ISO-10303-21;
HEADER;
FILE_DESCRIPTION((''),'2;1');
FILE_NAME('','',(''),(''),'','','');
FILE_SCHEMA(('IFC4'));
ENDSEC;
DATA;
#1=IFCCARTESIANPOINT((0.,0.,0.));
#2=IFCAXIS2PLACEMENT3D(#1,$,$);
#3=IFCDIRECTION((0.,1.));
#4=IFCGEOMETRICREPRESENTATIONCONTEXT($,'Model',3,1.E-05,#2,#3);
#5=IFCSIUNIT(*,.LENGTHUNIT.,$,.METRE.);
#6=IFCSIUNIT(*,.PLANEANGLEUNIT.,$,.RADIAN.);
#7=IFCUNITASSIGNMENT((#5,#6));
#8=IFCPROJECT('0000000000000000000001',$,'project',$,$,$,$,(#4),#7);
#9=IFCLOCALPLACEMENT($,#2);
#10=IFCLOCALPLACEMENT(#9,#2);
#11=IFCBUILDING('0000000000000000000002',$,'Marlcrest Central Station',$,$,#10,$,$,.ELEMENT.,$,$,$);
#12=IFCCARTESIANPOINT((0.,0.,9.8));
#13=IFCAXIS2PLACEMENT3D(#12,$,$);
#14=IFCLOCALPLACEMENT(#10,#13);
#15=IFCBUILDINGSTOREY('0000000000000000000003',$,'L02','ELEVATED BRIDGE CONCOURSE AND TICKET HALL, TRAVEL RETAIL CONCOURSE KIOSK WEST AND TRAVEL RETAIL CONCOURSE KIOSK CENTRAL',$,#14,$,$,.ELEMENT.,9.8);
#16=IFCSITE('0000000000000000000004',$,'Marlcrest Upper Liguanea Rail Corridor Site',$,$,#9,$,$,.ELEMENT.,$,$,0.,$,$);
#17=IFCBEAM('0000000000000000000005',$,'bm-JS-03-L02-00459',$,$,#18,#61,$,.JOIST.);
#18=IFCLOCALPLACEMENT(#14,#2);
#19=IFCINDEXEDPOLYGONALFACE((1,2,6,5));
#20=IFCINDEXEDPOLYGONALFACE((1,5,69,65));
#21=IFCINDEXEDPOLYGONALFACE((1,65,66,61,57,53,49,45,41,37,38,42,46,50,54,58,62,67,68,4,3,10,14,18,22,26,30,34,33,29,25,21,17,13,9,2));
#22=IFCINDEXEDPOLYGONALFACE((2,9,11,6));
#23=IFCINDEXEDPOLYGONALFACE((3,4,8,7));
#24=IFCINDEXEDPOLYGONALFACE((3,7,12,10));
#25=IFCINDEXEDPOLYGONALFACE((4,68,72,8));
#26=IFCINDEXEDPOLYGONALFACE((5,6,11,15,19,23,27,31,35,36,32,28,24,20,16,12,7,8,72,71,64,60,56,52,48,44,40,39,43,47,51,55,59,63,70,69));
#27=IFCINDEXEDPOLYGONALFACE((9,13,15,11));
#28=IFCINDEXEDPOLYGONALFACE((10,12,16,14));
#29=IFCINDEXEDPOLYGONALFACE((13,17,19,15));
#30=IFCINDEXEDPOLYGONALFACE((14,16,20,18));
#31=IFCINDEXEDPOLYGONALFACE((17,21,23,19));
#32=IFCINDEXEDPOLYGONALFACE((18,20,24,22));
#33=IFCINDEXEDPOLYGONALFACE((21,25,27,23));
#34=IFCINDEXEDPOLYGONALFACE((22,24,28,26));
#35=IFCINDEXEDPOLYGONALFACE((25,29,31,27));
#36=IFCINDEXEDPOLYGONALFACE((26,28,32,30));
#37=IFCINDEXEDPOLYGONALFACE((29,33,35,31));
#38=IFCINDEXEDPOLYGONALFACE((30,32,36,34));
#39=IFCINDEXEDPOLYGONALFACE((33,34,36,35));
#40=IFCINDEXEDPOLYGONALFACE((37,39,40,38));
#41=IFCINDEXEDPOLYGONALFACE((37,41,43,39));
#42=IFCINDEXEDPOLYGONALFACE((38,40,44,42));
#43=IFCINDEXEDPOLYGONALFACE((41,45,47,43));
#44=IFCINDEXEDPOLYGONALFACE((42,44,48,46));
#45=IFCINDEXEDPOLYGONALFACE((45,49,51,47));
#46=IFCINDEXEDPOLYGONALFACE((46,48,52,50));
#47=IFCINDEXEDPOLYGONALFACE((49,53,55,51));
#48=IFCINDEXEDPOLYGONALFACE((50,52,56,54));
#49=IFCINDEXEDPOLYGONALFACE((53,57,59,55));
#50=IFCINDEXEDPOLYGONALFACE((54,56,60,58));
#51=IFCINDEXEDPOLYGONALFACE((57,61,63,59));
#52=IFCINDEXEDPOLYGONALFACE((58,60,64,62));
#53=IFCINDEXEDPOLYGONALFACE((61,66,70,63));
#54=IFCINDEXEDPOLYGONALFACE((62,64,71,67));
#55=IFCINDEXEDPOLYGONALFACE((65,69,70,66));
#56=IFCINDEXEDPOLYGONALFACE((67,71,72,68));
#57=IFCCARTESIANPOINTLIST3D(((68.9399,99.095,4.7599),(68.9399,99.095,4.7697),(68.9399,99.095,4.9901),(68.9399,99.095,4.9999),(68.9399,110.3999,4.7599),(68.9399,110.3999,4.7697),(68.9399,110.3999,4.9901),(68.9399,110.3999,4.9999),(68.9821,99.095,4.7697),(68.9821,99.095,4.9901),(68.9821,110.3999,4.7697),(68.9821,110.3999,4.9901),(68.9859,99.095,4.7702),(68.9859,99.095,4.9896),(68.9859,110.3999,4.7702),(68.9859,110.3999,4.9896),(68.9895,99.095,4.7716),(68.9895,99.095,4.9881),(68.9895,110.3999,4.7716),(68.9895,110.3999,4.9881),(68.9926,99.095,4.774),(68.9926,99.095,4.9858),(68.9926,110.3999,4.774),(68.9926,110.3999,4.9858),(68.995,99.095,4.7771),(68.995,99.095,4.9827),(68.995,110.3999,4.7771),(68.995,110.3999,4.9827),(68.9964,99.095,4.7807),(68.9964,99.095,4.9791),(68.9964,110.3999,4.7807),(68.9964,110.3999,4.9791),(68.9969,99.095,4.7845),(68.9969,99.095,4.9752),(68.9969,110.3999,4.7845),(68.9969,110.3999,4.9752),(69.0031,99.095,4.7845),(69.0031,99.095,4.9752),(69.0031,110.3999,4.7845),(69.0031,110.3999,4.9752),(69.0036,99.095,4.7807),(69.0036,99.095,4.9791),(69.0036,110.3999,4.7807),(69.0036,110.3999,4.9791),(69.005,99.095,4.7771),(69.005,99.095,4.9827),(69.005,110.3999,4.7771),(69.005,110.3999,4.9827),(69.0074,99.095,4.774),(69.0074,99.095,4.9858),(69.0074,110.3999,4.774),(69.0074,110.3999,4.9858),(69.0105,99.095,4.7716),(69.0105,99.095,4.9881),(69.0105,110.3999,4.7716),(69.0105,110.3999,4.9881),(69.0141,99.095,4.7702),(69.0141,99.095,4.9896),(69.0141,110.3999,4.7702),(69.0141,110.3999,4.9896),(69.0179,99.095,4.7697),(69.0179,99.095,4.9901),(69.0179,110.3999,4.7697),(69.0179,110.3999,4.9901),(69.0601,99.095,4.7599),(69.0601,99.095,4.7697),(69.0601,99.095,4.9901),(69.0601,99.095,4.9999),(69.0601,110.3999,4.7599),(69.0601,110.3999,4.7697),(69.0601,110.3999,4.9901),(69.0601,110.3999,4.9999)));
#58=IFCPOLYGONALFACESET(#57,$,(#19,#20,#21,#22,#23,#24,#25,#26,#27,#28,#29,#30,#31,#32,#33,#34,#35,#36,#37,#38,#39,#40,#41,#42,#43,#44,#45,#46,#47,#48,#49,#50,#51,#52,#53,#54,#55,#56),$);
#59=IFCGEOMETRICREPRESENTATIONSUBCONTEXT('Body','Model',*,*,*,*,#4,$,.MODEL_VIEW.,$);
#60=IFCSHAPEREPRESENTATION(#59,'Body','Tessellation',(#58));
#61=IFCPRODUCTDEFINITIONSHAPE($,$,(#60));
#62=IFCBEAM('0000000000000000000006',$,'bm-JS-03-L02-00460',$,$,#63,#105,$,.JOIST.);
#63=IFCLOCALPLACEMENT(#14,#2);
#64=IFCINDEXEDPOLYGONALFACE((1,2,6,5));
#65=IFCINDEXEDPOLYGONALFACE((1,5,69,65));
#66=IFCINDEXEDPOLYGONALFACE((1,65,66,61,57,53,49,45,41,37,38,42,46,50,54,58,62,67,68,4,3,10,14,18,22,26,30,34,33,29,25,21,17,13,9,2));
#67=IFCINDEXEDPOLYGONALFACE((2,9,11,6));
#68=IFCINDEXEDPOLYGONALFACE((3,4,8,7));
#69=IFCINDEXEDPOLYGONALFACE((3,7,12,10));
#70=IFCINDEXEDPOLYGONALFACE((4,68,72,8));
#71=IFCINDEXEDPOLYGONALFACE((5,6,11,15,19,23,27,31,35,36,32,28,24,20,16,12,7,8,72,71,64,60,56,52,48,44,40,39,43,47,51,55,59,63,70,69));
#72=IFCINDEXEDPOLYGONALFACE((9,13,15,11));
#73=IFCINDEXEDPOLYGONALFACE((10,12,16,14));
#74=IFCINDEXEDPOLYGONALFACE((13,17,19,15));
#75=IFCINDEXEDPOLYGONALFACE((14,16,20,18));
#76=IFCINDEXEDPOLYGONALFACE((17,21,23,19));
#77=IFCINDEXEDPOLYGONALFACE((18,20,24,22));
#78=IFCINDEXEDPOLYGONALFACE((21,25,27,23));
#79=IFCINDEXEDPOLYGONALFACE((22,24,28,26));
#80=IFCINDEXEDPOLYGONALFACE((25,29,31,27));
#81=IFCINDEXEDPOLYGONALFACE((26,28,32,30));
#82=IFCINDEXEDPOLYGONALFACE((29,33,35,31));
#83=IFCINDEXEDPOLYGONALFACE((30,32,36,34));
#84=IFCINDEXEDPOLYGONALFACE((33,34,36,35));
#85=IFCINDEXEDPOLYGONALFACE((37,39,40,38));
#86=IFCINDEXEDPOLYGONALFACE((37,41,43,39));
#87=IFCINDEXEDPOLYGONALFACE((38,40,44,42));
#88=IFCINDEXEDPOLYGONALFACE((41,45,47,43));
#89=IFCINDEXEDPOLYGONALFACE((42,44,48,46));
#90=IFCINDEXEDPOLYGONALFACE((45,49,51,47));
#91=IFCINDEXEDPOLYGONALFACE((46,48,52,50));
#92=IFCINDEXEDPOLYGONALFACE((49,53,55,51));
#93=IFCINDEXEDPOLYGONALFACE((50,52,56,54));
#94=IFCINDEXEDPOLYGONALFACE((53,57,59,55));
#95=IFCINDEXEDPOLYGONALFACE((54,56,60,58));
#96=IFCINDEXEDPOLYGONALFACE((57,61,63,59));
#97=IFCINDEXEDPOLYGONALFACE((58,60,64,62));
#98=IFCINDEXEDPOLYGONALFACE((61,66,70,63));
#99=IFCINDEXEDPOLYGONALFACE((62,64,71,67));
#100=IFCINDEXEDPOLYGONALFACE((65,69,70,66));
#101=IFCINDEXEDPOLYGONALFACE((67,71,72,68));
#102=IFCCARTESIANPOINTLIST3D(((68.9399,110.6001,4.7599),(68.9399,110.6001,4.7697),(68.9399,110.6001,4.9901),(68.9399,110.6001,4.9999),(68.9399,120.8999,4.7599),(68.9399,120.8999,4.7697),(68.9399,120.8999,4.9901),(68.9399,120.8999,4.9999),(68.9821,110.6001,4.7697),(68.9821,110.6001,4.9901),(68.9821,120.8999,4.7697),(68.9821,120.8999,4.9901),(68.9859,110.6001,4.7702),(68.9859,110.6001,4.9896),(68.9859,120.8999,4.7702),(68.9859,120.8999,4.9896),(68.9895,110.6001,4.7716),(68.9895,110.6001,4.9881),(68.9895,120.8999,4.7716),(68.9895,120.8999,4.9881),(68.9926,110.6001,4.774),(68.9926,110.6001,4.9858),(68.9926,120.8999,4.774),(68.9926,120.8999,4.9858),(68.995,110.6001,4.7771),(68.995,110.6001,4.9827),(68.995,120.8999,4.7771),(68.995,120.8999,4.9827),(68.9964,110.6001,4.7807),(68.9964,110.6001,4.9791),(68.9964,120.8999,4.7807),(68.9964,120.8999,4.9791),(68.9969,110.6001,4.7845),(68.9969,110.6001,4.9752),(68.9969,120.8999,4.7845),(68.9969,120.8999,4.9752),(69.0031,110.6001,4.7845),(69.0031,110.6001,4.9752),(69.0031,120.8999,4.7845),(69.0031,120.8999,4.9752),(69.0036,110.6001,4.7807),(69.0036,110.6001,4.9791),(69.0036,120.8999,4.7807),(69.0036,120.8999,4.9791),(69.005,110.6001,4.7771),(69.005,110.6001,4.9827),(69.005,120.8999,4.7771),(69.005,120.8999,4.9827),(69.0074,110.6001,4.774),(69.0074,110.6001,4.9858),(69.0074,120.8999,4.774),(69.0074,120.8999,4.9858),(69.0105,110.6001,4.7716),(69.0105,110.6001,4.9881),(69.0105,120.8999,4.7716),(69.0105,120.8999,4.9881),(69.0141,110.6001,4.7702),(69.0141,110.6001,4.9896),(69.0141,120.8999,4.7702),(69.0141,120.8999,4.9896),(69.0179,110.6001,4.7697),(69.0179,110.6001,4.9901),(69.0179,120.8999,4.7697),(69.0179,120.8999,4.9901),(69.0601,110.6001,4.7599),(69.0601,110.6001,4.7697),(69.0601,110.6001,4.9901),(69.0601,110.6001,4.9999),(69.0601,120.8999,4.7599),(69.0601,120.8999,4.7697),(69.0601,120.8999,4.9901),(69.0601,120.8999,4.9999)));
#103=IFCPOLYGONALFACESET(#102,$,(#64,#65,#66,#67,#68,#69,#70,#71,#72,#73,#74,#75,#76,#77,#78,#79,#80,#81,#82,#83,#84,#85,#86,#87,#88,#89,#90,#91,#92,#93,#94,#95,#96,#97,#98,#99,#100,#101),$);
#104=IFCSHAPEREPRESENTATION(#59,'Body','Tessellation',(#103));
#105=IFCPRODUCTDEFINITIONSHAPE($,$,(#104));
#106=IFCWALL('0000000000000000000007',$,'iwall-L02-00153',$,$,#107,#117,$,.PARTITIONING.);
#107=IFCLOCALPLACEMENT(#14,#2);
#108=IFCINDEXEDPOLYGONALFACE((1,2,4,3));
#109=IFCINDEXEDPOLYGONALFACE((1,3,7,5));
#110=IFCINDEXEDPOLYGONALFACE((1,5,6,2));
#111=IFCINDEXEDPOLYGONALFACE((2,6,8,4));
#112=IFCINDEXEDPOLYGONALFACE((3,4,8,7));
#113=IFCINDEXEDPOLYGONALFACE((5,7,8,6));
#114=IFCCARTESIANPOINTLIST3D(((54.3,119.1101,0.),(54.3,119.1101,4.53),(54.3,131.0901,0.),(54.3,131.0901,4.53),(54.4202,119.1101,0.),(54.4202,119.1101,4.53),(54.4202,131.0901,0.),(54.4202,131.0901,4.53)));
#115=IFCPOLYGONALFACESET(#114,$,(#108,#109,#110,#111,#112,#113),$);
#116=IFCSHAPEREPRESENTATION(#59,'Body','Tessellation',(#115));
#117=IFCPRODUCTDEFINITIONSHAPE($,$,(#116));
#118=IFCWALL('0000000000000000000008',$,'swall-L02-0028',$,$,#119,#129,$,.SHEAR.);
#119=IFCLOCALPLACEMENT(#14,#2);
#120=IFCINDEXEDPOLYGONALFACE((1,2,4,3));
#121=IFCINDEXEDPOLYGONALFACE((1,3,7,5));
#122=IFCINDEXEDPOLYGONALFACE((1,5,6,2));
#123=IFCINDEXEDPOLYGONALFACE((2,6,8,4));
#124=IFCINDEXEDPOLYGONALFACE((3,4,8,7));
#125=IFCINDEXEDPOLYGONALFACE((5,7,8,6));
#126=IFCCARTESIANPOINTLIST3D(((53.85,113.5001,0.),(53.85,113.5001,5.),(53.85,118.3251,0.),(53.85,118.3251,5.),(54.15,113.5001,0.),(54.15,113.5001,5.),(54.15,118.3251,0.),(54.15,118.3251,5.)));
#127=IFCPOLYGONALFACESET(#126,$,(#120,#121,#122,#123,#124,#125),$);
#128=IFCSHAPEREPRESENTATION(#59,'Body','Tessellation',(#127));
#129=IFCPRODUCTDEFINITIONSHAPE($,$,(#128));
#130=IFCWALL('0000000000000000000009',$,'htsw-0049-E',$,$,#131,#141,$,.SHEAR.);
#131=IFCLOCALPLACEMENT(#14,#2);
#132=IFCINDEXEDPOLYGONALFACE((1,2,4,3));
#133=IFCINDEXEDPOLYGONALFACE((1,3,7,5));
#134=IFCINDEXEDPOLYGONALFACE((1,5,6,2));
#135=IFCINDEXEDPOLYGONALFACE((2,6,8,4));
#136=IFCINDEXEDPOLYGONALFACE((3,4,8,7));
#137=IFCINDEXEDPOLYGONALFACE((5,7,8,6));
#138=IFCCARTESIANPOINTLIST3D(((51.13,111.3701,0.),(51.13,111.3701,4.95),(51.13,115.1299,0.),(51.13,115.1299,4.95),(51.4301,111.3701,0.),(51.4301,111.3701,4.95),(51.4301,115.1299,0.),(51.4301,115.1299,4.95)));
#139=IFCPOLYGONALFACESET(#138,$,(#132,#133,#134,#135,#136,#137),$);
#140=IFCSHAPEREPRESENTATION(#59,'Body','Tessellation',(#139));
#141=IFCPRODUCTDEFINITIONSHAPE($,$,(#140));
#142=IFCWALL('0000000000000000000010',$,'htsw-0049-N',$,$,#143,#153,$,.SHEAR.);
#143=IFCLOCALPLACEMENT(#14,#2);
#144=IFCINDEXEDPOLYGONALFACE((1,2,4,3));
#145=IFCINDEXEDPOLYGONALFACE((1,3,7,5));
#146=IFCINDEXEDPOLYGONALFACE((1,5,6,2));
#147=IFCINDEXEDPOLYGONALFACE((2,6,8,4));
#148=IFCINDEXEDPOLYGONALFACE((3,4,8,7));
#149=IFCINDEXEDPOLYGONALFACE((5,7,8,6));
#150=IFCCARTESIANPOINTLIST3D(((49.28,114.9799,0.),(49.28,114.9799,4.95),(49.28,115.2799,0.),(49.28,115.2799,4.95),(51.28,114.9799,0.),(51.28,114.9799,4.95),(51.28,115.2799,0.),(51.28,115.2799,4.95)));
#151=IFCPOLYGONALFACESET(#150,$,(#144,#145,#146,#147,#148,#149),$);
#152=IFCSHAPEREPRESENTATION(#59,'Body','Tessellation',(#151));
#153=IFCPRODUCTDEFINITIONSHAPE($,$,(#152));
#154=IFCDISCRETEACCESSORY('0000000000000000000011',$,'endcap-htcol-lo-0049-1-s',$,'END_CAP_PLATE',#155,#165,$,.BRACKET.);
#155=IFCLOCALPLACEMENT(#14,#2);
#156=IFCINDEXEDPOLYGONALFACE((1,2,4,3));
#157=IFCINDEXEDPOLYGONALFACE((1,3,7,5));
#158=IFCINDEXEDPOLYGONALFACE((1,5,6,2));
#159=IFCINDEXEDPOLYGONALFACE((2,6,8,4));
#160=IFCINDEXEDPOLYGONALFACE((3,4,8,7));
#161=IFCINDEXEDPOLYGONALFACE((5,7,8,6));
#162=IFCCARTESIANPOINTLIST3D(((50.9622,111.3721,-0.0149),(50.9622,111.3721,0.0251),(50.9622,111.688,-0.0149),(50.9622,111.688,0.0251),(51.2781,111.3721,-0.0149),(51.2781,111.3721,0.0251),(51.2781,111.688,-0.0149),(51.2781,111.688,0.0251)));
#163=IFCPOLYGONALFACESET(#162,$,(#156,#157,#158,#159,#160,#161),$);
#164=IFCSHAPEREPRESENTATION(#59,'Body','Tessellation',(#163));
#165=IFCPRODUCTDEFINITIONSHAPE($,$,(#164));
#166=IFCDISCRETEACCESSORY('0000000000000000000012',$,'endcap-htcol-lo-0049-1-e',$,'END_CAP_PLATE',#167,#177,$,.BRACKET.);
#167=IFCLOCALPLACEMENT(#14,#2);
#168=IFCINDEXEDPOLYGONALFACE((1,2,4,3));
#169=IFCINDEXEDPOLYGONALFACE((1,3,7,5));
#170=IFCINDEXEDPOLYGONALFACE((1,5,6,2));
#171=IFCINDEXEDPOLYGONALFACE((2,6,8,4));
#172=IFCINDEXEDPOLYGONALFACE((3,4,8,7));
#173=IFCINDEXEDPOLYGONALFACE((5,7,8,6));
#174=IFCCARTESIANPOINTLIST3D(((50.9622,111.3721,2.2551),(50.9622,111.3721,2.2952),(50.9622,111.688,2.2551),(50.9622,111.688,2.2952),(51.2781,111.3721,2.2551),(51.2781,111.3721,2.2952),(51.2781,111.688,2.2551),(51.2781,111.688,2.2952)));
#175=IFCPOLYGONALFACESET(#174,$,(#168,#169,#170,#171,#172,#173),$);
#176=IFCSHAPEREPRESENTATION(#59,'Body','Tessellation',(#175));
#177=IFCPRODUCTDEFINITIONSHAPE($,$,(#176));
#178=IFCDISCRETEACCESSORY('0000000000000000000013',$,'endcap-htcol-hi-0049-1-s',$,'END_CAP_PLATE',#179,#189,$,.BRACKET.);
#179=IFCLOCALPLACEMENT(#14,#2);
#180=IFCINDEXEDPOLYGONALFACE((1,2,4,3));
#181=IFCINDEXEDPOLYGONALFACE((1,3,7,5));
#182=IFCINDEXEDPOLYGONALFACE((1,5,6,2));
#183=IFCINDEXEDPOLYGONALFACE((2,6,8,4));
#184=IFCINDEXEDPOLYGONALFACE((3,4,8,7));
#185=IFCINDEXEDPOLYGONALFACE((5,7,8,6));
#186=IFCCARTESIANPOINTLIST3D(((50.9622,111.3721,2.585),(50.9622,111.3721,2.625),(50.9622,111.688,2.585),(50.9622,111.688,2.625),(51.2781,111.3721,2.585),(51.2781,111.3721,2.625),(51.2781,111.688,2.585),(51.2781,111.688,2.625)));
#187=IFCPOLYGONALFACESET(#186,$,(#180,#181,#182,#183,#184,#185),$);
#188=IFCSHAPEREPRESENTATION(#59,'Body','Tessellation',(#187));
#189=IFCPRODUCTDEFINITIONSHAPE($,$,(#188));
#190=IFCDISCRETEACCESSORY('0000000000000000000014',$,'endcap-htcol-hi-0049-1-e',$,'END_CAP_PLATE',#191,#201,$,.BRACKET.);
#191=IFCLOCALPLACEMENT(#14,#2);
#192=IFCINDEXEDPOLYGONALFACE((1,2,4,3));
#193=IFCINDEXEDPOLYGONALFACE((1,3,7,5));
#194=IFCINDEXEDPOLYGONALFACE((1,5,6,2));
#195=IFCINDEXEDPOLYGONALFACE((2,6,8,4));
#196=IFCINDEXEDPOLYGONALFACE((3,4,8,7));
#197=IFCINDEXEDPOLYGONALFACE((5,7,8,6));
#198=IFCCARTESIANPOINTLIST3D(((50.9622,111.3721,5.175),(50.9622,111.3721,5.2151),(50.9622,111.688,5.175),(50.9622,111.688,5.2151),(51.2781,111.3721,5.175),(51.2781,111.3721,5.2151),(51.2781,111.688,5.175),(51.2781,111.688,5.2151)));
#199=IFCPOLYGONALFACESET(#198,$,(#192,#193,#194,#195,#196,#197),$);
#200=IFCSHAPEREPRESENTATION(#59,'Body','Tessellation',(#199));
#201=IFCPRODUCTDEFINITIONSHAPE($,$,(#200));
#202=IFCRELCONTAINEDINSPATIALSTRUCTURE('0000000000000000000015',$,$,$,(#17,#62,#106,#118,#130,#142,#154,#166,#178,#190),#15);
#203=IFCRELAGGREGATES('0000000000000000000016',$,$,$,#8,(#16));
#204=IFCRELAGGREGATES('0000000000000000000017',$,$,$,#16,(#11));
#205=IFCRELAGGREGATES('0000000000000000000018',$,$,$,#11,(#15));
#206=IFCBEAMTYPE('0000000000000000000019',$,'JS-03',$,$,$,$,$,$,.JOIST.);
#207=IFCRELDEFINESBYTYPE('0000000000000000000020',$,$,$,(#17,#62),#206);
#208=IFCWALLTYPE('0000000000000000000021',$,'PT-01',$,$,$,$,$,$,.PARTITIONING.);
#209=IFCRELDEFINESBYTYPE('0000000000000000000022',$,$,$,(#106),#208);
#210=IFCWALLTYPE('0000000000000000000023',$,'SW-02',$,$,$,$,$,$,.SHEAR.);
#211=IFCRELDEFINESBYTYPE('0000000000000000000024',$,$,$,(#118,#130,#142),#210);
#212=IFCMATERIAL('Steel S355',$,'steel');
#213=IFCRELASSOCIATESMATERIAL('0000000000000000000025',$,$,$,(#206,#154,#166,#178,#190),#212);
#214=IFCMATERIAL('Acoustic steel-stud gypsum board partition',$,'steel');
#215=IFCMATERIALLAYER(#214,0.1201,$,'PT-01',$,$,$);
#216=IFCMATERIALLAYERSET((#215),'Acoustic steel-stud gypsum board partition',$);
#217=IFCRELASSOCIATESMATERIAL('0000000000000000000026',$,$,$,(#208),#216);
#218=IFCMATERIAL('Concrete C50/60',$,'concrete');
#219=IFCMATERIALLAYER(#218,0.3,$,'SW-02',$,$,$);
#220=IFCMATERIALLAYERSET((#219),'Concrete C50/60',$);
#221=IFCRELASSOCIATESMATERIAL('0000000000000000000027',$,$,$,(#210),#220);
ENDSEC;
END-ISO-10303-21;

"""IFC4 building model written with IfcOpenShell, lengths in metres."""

from ifc_helpers import new_model, si_unit, direction, frame, frame_2d, origin, origin_2d, place, context, subcontext, project, spatial, rectangle, i_section, extrude, material, layer, layer_set, material_profile, profile_set, type_object, element, save


model = new_model("IFC4")

# Units and contexts
model_context = context("Model", 3, precision=1e-05, world=origin(), true_north=direction((0.0, 1.0)))
body_context = subcontext(model_context, "Body", "Model", "MODEL_VIEW")
ifc_project = project(units=[si_unit("LENGTHUNIT", "METRE"), si_unit("PLANEANGLEUNIT", "RADIAN")], contexts=[model_context])

# Site, building, storey
site_placement = place(None, origin())
site = spatial("IfcSite", under=ifc_project, at=site_placement, Name="Marlcrest Upper Liguanea Rail Corridor Site", CompositionType="ELEMENT", RefElevation=0.0)
building_placement = place(site_placement, origin())
building = spatial("IfcBuilding", under=site, at=building_placement, Name="Marlcrest Central Station", CompositionType="ELEMENT")
storey_placement = place(building_placement, frame((0.0, 0.0, 9.8)))
storey = spatial("IfcBuildingStorey", under=building, at=storey_placement, Name="L02", Description="ELEVATED BRIDGE CONCOURSE AND TICKET HALL, TRAVEL RETAIL CONCOURSE KIOSK WEST AND TRAVEL RETAIL CONCOURSE KIOSK CENTRAL", CompositionType="ELEMENT", Elevation=9.8)

# Shared definitions
ifc_material_1 = material(Name="Steel S355", Category="steel")

# Beams
ifc_material_profile_1 = material_profile(ifc_material_1, i_section(OverallWidth=0.1201, OverallDepth=0.24, WebThickness=0.0061, FlangeThickness=0.0098, FilletRadius=0.0149, at=origin_2d()), Name="IPE 240")
ifc_profile_set_1 = profile_set([ifc_material_profile_1], Name="Steel S355")
beam_type_1 = type_object("IfcBeamType", Name="JS-03", PredefinedType="JOIST", material=ifc_profile_set_1)
beam_1_placement = place(storey_placement, frame((69.0, 99.095, 4.8799), z_axis=(0.0, 1.0, 0.0), x_axis=(-1.0, 0.0, 0.0)))
element("IfcBeam", 1, at=beam_1_placement, inside=storey, type_object=beam_type_1, Name="bm-JS-03-L02-00459", PredefinedType="JOIST", context=body_context, shape_type="SweptSolid", body=[
    extrude(i_section(OverallWidth=0.1201, OverallDepth=0.24, WebThickness=0.0061, FlangeThickness=0.0098, FilletRadius=0.0149, at=origin_2d()), origin(), (0.0, 0.0, 1.0), 11.3049),
])
beam_2_placement = place(storey_placement, frame((69.0, 110.6001, 4.8799), z_axis=(0.0, 1.0, 0.0), x_axis=(-1.0, 0.0, 0.0)))
element("IfcBeam", 2, at=beam_2_placement, inside=storey, type_object=beam_type_1, Name="bm-JS-03-L02-00460", PredefinedType="JOIST", context=body_context, shape_type="SweptSolid", body=[
    extrude(i_section(OverallWidth=0.1201, OverallDepth=0.24, WebThickness=0.0061, FlangeThickness=0.0098, FilletRadius=0.0149, at=origin_2d()), origin(), (0.0, 0.0, 1.0), 10.2998),
])

# Walls
ifc_material_2 = material(Name="Acoustic steel-stud gypsum board partition", Category="steel")
ifc_layer_1 = layer(ifc_material_2, 0.1201, Name="PT-01")
ifc_layer_set_1 = layer_set([ifc_layer_1], Name="Acoustic steel-stud gypsum board partition")
wall_type_1 = type_object("IfcWallType", Name="PT-01", PredefinedType="PARTITIONING", material=ifc_layer_set_1)
wall_1_placement = place(storey_placement, frame((54.3601, 119.1101, 0.0), z_axis=(0.0, 0.0, 1.0), x_axis=(0.0, 1.0, 0.0)))
element("IfcWall", 3, at=wall_1_placement, inside=storey, type_object=wall_type_1, Name="iwall-L02-00153", PredefinedType="PARTITIONING", context=body_context, shape_type="SweptSolid", body=[
    extrude(rectangle(XDim=11.98, YDim=0.1201, at=frame_2d((5.99, 0.0))), origin(), (0.0, 0.0, 1.0), 4.53),
])
ifc_material_3 = material(Name="Concrete C50/60", Category="concrete")
ifc_layer_2 = layer(ifc_material_3, 0.3, Name="SW-02")
ifc_layer_set_2 = layer_set([ifc_layer_2], Name="Concrete C50/60")
wall_type_2 = type_object("IfcWallType", Name="SW-02", PredefinedType="SHEAR", material=ifc_layer_set_2)
wall_2_placement = place(storey_placement, frame((54.0, 113.5, 0.0), z_axis=(0.0, 0.0, 1.0), x_axis=(0.0, 1.0, 0.0)))
element("IfcWall", 4, at=wall_2_placement, inside=storey, type_object=wall_type_2, Name="swall-L02-0028", PredefinedType="SHEAR", context=body_context, shape_type="SweptSolid", body=[
    extrude(rectangle(XDim=4.825, YDim=0.3, at=frame_2d((2.4126, 0.0))), origin(), (0.0, 0.0, 1.0), 5.0),
])
wall_3_placement = place(storey_placement, frame((51.28, 111.3701, 0.0), z_axis=(0.0, 0.0, 1.0), x_axis=(0.0, 1.0, 0.0)))
element("IfcWall", 5, at=wall_3_placement, inside=storey, type_object=wall_type_2, Name="htsw-0049-E", PredefinedType="SHEAR", context=body_context, shape_type="SweptSolid", body=[
    extrude(rectangle(XDim=3.7598, YDim=0.3, at=frame_2d((1.8799, 0.0))), origin(), (0.0, 0.0, 1.0), 4.95),
])
wall_4_placement = place(storey_placement, frame((51.28, 115.1299, 0.0), z_axis=(0.0, 0.0, 1.0), x_axis=(-1.0, 0.0, 0.0)))
element("IfcWall", 6, at=wall_4_placement, inside=storey, type_object=wall_type_2, Name="htsw-0049-N", PredefinedType="SHEAR", context=body_context, shape_type="SweptSolid", body=[
    extrude(rectangle(XDim=2.0, YDim=0.3, at=frame_2d((1.0, 0.0))), origin(), (0.0, 0.0, 1.0), 4.95),
])

# Discrete accessories
for number, where, z_axis, x_axis, name in (
    (7, (51.1201, 111.53, -0.0149), (0.0, 0.0, 1.0), (1.0, 0.0, 0.0), "endcap-htcol-lo-0049-1-s"),
    (8, (51.1201, 111.53, 2.2551), (0.0, 0.0, 1.0), (1.0, 0.0, 0.0), "endcap-htcol-lo-0049-1-e"),
    (9, (51.1201, 111.53, 2.585), (0.0, 0.0, 1.0), (1.0, 0.0, 0.0), "endcap-htcol-hi-0049-1-s"),
    (10, (51.1201, 111.53, 5.175), (0.0, 0.0, 1.0), (1.0, 0.0, 0.0), "endcap-htcol-hi-0049-1-e"),
):
    element("IfcDiscreteAccessory", number, at=place(storey_placement, frame(where, z_axis=z_axis, x_axis=x_axis)), inside=storey, material=ifc_material_1, Name=name, ObjectType="END_CAP_PLATE", PredefinedType="BRACKET", context=body_context, shape_type="SweptSolid", body=[
        extrude(rectangle(XDim=0.3159, YDim=0.3159, at=origin_2d()), origin(), (0.0, 0.0, 1.0), 0.04),
    ])

save(model, "model.ifc")
